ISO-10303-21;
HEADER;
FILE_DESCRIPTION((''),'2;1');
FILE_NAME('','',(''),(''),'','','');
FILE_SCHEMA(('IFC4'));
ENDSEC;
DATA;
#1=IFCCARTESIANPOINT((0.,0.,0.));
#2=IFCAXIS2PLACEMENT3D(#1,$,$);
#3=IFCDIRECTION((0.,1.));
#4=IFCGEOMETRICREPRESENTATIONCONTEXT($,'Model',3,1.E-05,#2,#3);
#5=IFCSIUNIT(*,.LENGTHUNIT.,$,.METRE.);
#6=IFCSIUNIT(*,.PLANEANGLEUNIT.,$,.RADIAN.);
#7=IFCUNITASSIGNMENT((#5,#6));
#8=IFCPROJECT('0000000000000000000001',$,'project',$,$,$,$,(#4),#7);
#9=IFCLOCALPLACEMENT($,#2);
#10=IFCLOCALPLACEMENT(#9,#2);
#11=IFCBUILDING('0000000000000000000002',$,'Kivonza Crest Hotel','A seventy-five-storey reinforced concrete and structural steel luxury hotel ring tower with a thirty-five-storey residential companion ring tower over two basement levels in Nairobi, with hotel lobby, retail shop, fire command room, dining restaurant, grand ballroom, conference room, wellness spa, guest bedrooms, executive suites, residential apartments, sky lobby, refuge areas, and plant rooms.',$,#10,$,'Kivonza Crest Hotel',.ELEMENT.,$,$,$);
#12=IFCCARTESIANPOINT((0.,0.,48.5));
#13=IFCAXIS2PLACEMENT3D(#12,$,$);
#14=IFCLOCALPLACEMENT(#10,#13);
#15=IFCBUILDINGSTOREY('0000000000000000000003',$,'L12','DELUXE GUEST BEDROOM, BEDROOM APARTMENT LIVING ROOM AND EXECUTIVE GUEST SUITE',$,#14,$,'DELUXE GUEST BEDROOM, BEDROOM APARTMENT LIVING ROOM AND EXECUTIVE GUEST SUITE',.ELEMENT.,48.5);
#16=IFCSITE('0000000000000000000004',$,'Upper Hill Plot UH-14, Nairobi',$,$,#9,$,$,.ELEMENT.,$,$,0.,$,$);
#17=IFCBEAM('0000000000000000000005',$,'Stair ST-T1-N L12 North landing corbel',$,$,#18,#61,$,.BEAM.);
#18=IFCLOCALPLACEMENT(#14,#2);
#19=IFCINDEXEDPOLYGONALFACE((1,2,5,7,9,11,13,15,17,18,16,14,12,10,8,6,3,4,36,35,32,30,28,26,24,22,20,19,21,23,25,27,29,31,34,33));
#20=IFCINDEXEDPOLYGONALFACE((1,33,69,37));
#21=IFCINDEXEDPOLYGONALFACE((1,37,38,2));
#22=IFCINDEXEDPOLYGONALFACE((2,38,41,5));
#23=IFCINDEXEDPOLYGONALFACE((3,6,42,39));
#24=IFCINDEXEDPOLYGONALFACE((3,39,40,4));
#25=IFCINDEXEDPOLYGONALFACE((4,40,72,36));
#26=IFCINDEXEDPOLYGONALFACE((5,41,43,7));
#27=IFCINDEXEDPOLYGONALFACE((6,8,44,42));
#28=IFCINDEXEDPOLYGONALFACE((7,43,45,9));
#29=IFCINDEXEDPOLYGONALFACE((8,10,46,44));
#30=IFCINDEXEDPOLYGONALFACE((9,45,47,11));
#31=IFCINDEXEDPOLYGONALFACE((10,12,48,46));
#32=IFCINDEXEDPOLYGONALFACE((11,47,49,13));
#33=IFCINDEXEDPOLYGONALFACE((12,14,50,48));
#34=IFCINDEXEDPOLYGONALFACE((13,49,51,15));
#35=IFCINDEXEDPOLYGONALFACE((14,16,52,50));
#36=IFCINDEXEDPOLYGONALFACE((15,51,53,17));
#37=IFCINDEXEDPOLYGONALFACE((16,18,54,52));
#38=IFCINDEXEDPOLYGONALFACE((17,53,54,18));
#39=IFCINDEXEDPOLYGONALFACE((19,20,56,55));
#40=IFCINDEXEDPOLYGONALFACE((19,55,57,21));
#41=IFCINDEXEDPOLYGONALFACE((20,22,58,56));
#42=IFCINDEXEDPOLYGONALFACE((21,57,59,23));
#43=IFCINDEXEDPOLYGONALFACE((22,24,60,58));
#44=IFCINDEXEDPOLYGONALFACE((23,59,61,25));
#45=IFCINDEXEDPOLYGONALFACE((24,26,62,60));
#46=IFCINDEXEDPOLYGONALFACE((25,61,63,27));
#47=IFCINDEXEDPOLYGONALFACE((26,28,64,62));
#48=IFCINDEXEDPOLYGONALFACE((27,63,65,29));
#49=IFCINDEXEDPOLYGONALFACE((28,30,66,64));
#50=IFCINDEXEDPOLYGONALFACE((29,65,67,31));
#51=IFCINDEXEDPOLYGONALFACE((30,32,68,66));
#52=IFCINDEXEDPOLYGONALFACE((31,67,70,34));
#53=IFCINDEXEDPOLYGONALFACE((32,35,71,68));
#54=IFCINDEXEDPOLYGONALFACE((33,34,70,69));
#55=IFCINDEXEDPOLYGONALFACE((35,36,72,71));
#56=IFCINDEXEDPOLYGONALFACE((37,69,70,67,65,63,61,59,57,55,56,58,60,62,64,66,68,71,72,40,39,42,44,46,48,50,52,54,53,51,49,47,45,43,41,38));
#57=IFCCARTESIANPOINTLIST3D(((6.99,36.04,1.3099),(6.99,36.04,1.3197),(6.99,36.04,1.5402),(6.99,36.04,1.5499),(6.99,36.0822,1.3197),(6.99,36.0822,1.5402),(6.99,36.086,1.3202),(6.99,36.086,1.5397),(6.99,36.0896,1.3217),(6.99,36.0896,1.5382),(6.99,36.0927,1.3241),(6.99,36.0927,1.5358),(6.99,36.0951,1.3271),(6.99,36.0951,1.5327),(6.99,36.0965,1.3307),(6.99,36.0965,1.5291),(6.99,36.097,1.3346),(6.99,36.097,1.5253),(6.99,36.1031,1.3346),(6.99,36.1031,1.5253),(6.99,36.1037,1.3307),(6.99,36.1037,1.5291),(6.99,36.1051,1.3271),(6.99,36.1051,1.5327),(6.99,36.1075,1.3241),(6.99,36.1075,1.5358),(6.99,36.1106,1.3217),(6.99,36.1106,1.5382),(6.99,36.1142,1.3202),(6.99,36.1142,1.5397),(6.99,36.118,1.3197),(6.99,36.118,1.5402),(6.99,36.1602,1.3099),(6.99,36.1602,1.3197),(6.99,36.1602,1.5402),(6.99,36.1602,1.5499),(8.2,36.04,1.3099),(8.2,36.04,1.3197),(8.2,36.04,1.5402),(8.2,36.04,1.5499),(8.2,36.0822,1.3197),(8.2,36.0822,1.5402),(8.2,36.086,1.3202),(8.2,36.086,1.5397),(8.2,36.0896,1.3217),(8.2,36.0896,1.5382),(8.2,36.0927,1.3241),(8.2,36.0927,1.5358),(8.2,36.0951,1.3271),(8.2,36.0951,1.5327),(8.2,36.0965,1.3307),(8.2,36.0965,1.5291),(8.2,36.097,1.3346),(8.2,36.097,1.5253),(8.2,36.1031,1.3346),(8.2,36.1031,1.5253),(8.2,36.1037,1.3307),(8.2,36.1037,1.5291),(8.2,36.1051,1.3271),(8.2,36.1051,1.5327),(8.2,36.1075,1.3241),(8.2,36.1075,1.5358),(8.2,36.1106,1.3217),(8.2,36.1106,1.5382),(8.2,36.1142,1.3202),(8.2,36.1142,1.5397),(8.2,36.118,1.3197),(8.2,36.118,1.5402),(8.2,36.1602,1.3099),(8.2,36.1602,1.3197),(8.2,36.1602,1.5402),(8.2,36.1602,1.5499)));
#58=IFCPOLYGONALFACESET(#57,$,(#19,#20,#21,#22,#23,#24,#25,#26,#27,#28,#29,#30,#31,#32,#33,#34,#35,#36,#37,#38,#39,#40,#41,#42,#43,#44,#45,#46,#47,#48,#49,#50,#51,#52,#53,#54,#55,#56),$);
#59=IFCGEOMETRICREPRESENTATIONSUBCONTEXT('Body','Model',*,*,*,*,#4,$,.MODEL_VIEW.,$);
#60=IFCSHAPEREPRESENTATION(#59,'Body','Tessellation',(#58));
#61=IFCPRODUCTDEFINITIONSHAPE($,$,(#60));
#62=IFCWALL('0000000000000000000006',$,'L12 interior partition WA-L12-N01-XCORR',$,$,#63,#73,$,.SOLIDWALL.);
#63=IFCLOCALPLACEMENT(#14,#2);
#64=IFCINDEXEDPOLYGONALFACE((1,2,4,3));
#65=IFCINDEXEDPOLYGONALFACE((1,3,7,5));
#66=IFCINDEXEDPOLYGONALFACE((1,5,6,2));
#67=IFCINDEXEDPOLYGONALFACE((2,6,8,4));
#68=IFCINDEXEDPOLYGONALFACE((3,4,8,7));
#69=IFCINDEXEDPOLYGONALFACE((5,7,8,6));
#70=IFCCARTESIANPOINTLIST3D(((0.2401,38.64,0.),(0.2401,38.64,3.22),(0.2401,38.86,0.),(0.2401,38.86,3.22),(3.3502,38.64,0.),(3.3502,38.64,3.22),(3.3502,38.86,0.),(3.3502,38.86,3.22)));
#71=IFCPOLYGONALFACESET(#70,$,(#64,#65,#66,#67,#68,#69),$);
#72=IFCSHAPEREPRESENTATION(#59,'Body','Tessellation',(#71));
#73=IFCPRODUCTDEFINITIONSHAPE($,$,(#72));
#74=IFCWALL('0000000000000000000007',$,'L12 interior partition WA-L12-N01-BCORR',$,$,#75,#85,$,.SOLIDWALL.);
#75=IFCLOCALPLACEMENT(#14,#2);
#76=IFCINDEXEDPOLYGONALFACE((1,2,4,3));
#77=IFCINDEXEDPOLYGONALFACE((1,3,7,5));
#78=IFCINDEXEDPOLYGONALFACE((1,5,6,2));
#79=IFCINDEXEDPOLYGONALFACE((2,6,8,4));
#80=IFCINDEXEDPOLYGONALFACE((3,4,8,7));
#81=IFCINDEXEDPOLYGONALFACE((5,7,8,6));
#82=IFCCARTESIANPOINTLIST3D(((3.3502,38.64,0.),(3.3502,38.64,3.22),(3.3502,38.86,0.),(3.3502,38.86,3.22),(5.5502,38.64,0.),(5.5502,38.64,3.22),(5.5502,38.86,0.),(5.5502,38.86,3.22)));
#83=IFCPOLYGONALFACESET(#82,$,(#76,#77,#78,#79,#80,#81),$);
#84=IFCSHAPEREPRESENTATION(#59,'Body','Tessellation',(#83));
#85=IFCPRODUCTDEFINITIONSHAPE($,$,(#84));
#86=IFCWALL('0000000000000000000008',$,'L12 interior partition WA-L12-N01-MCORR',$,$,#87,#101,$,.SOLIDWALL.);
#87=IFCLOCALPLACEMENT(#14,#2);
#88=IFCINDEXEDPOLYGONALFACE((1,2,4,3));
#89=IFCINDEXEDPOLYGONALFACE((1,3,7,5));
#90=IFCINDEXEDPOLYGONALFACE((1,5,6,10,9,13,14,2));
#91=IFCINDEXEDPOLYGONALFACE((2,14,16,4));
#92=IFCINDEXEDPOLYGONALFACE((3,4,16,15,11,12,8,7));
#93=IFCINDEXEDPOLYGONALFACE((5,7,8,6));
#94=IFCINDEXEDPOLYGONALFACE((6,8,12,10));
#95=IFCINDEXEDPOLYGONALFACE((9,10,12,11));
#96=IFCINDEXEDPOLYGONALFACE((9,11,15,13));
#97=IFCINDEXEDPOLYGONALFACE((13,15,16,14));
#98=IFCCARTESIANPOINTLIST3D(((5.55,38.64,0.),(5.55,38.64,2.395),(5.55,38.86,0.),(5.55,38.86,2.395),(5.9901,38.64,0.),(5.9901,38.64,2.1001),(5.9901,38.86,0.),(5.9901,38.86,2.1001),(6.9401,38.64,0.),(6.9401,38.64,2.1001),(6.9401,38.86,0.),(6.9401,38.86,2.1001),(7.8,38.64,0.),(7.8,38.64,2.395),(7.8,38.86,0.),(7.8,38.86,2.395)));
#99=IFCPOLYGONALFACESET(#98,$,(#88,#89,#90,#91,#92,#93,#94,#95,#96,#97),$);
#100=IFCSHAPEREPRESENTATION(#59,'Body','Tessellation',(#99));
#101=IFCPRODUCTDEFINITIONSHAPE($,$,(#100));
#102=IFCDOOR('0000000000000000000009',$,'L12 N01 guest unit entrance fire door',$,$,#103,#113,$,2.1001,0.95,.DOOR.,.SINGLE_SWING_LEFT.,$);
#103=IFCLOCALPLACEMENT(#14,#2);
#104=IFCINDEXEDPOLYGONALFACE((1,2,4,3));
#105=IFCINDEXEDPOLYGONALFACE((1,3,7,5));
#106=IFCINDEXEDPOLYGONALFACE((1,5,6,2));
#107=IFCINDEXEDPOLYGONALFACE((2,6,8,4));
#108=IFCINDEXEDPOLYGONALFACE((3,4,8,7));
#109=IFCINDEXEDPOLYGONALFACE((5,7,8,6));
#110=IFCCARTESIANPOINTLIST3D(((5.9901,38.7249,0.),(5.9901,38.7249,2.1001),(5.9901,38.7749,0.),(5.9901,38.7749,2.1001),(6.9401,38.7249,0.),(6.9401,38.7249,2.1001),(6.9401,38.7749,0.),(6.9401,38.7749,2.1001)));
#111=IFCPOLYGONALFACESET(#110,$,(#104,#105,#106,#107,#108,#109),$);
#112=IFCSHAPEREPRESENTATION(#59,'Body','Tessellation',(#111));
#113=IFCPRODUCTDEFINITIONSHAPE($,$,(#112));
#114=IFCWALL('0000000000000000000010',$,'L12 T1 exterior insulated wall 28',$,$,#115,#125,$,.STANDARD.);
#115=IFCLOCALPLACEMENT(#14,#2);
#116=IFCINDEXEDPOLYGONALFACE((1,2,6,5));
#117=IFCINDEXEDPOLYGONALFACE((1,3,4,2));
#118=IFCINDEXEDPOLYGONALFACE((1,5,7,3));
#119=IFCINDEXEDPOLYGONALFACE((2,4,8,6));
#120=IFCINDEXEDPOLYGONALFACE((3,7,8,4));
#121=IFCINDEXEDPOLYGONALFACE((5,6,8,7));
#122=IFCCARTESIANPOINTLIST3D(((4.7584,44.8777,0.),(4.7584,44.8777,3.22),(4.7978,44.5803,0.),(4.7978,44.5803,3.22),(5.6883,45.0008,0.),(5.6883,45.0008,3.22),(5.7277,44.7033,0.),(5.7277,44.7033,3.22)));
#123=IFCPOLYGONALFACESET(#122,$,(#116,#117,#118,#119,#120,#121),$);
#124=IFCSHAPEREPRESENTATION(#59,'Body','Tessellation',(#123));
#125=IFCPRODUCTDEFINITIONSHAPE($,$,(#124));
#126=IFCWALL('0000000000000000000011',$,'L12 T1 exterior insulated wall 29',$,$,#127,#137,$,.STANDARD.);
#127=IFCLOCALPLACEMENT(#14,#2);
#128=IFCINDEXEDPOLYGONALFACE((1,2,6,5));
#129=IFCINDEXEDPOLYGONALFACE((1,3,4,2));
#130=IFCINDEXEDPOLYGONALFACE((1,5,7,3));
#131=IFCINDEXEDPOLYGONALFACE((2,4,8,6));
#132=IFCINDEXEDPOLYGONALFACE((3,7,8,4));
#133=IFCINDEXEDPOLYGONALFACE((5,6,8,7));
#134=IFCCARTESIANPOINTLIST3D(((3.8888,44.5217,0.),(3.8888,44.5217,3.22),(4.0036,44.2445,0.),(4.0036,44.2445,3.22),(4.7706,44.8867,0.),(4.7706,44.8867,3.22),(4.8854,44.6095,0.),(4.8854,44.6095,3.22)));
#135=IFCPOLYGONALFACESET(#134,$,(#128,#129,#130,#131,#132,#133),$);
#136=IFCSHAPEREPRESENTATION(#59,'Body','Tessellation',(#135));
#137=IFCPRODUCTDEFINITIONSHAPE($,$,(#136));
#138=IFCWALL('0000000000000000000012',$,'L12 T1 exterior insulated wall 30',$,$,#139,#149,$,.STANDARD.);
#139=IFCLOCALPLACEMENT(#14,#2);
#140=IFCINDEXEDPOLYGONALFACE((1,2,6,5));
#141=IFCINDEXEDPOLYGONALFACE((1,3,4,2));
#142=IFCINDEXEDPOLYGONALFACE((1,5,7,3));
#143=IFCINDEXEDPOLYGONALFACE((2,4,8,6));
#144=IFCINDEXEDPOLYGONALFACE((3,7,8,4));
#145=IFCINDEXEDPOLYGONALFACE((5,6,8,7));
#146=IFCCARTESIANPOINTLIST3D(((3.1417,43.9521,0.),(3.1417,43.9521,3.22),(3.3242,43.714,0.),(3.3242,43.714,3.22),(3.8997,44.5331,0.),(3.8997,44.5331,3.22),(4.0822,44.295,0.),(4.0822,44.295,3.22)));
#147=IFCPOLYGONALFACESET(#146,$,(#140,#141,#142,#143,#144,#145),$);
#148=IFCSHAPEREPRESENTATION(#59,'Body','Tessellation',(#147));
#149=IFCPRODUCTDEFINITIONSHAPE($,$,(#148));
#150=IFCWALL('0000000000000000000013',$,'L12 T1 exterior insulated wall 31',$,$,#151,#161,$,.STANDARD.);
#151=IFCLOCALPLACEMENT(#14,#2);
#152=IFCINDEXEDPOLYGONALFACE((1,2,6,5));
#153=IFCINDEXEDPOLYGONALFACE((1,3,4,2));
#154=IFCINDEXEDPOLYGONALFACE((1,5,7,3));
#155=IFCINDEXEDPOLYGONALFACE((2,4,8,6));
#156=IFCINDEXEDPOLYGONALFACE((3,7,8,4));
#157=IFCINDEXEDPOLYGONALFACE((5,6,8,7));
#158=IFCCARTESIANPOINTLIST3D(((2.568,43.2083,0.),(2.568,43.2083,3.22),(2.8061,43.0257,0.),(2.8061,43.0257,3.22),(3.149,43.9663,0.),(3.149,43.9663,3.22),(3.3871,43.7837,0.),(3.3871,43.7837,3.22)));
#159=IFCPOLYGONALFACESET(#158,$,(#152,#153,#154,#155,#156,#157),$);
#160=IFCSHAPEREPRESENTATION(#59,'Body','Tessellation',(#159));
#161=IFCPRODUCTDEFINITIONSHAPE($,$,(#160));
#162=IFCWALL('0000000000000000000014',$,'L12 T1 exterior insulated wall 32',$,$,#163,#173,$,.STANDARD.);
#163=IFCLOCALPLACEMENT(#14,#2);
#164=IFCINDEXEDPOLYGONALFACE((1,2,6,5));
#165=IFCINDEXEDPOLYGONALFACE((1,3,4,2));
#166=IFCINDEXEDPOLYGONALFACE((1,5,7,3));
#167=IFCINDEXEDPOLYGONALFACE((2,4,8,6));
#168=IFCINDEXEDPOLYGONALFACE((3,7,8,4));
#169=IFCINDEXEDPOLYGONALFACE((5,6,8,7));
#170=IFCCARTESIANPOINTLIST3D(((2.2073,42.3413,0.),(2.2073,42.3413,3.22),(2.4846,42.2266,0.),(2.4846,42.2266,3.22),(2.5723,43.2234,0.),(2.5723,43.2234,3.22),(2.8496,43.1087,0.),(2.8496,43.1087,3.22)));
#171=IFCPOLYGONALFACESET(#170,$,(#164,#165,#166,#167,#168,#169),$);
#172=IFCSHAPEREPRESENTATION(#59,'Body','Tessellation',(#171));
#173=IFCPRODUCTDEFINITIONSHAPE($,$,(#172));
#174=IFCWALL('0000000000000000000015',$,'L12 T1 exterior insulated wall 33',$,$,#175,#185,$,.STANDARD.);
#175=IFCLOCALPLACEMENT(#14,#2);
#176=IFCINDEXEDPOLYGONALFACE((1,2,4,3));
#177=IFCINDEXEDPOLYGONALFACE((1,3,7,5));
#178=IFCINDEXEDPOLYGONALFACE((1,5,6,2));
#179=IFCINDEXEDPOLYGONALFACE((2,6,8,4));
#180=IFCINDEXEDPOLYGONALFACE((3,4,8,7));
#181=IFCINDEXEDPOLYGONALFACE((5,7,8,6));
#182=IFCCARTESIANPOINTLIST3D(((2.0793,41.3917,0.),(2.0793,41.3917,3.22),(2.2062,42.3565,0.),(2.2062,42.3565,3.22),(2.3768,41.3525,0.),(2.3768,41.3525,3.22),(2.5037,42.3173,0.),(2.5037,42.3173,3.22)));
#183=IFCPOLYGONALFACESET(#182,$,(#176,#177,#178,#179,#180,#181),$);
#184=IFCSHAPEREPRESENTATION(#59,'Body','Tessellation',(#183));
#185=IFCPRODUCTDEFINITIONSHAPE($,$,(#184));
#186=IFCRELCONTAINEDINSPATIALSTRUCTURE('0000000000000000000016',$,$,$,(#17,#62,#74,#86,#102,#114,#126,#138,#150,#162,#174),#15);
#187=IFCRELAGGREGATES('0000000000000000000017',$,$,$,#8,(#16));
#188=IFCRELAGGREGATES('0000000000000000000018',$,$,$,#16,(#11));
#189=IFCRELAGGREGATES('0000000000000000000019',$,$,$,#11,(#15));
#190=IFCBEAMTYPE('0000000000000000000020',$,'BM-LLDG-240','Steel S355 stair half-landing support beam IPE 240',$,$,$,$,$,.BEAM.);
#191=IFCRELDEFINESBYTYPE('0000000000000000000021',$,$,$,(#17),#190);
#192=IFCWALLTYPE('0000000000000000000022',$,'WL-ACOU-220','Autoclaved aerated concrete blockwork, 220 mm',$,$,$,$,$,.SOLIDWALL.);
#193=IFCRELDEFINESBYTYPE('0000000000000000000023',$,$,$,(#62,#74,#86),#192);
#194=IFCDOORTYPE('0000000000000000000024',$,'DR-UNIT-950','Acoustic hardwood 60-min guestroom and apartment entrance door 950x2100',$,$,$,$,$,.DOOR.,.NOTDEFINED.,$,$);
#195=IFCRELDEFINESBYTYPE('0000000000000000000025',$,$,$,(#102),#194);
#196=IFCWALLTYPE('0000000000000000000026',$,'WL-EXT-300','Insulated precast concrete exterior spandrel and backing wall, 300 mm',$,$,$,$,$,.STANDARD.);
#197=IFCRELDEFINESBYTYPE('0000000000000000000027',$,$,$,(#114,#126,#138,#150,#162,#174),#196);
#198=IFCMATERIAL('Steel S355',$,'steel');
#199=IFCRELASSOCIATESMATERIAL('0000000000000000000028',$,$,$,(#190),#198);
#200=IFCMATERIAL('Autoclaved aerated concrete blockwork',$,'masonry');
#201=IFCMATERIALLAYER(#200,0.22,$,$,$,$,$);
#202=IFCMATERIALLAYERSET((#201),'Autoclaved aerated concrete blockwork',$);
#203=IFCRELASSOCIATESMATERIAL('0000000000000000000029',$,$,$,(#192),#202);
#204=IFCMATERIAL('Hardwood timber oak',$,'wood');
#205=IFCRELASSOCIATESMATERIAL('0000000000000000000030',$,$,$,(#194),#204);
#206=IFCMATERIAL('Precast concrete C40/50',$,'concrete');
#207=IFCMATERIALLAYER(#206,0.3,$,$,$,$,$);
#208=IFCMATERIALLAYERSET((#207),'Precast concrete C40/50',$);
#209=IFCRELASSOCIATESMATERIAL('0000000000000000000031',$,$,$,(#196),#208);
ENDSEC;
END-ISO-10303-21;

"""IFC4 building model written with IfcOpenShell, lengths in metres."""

from ifc_helpers import new_model, si_unit, direction, frame, frame_2d, origin, origin_2d, place, context, subcontext, project, spatial, rectangle, i_section, extrude, material, layer, layer_set, material_profile, profile_set, type_object, element, fill, save


model = new_model("IFC4")

# Units and contexts
model_context = context("Model", 3, precision=1e-05, world=origin(), true_north=direction((0.0, 1.0)))
body_context = subcontext(model_context, "Body", "Model", "MODEL_VIEW")
ifc_project = project(units=[si_unit("LENGTHUNIT", "METRE"), si_unit("PLANEANGLEUNIT", "RADIAN")], contexts=[model_context])

# Site, building, storey
site_placement = place(None, origin())
site = spatial("IfcSite", under=ifc_project, at=site_placement, Name="Upper Hill Plot UH-14, Nairobi", CompositionType="ELEMENT", RefElevation=0.0)
building_placement = place(site_placement, origin())
building = spatial("IfcBuilding", under=site, at=building_placement, Name="Kivonza Crest Hotel", Description="A seventy-five-storey reinforced concrete and structural steel luxury hotel ring tower with a thirty-five-storey residential companion ring tower over two basement levels in Nairobi, with hotel lobby, retail shop, fire command room, dining restaurant, grand ballroom, conference room, wellness spa, guest bedrooms, executive suites, residential apartments, sky lobby, refuge areas, and plant rooms.", LongName="Kivonza Crest Hotel", CompositionType="ELEMENT")
storey_placement = place(building_placement, frame((0.0, 0.0, 48.5)))
storey = spatial("IfcBuildingStorey", under=building, at=storey_placement, Name="L12", Description="DELUXE GUEST BEDROOM, BEDROOM APARTMENT LIVING ROOM AND EXECUTIVE GUEST SUITE", LongName="DELUXE GUEST BEDROOM, BEDROOM APARTMENT LIVING ROOM AND EXECUTIVE GUEST SUITE", CompositionType="ELEMENT", Elevation=48.5)

# Beam
ifc_material_1 = material(Name="Steel S355", Category="steel")
ifc_material_profile = material_profile(ifc_material_1, i_section(OverallWidth=0.1201, OverallDepth=0.24, WebThickness=0.0061, FlangeThickness=0.0098, FilletRadius=0.0149, at=origin_2d()), Name="IPE 240")
ifc_profile_set = profile_set([ifc_material_profile], Name="Steel S355")
beam_type = type_object("IfcBeamType", Name="BM-LLDG-240", Description="Steel S355 stair half-landing support beam IPE 240", PredefinedType="BEAM", material=ifc_profile_set)
beam_placement = place(storey_placement, frame((6.99, 36.1001, 1.4299), z_axis=(1.0, 0.0, 0.0), x_axis=(0.0, 1.0, 0.0)))
element("IfcBeam", 1, at=beam_placement, inside=storey, type_object=beam_type, Name="Stair ST-T1-N L12 North landing corbel", PredefinedType="BEAM", context=body_context, shape_type="SweptSolid", body=[
    extrude(i_section(OverallWidth=0.1201, OverallDepth=0.24, WebThickness=0.0061, FlangeThickness=0.0098, FilletRadius=0.0149, at=origin_2d()), origin(), (0.0, 0.0, 1.0), 1.21),
])

# Walls
ifc_material_2 = material(Name="Autoclaved aerated concrete blockwork", Category="masonry")
ifc_layer_1 = layer(ifc_material_2, 0.22)
ifc_layer_set_1 = layer_set([ifc_layer_1], Name="Autoclaved aerated concrete blockwork")
wall_type_1 = type_object("IfcWallType", Name="WL-ACOU-220", Description="Autoclaved aerated concrete blockwork, 220 mm", PredefinedType="SOLIDWALL", material=ifc_layer_set_1)
wall_1_placement = place(storey_placement, frame((0.24, 38.75, 0.0), z_axis=(0.0, 0.0, 1.0), x_axis=(1.0, 0.0, 0.0)))
element("IfcWall", 2, at=wall_1_placement, inside=storey, type_object=wall_type_1, Name="L12 interior partition WA-L12-N01-XCORR", PredefinedType="SOLIDWALL", context=body_context, shape_type="SweptSolid", body=[
    extrude(rectangle(XDim=3.1101, YDim=0.22, at=frame_2d((1.5552, 0.0))), origin(), (0.0, 0.0, 1.0), 3.22),
])
wall_2_placement = place(storey_placement, frame((3.3501, 38.75, 0.0), z_axis=(0.0, 0.0, 1.0), x_axis=(1.0, 0.0, 0.0)))
element("IfcWall", 3, at=wall_2_placement, inside=storey, type_object=wall_type_1, Name="L12 interior partition WA-L12-N01-BCORR", PredefinedType="SOLIDWALL", context=body_context, shape_type="SweptSolid", body=[
    extrude(rectangle(XDim=2.2, YDim=0.22, at=frame_2d((1.1001, 0.0))), origin(), (0.0, 0.0, 1.0), 3.22),
])

# Wall, opening, door
wall_3_placement = place(storey_placement, frame((5.55, 38.75, 0.0), z_axis=(0.0, 0.0, 1.0), x_axis=(1.0, 0.0, 0.0)))
wall_3 = element("IfcWall", 4, at=wall_3_placement, inside=storey, type_object=wall_type_1, Name="L12 interior partition WA-L12-N01-MCORR", PredefinedType="SOLIDWALL", context=body_context, shape_type="SweptSolid", body=[
    extrude(rectangle(XDim=2.25, YDim=0.22, at=frame_2d((1.125, 0.0))), origin(), (0.0, 0.0, 1.0), 2.395),
])
opening_1_placement = place(wall_3_placement, frame((0.4399, 0.0, 0.0)))
opening_1 = element("IfcOpeningElement", 5, at=opening_1_placement, cuts=wall_3, PredefinedType="OPENING", context=body_context, shape_type="SweptSolid", body=[
    extrude(rectangle(XDim=0.95, YDim=2.1001, at=frame_2d((0.4751, 1.05))), frame((0.0, 0.1201, 0.0), z_axis=(0.0, -1.0, 0.0), x_axis=(1.0, 0.0, 0.0)), (0.0, 0.0, 1.0), 0.24),
])
ifc_material_3 = material(Name="Hardwood timber oak", Category="wood")
door_type_1 = type_object("IfcDoorType", Name="DR-UNIT-950", Description="Acoustic hardwood 60-min guestroom and apartment entrance door 950x2100", OperationType="NOTDEFINED", PredefinedType="DOOR", material=ifc_material_3)
door_1_placement = place(opening_1_placement, origin())
door_1 = element("IfcDoor", 6, at=door_1_placement, inside=storey, type_object=door_type_1, Name="L12 N01 guest unit entrance fire door", OperationType="SINGLE_SWING_LEFT", OverallHeight=2.1001, OverallWidth=0.95, PredefinedType="DOOR", context=body_context, shape_type="SweptSolid", body=[
    extrude(rectangle(XDim=0.95, YDim=2.1001, at=frame_2d((0.4751, 1.05))), frame((0.0, 0.0249, 0.0), z_axis=(0.0, -1.0, 0.0), x_axis=(1.0, 0.0, 0.0)), (0.0, 0.0, 1.0), 0.05),
])
fill(opening_1, door_1)

# Walls
ifc_material_4 = material(Name="Precast concrete C40/50", Category="concrete")
ifc_layer_2 = layer(ifc_material_4, 0.3)
ifc_layer_set_2 = layer_set([ifc_layer_2], Name="Precast concrete C40/50")
wall_type_2 = type_object("IfcWallType", Name="WL-EXT-300", Description="Insulated precast concrete exterior spandrel and backing wall, 300 mm", PredefinedType="STANDARD", material=ifc_layer_set_2)
wall_4_placement = place(storey_placement, frame((5.708, 44.8521, 0.0), z_axis=(0.0, 0.0, 1.0), x_axis=(-0.991359, -0.131175, 0.0)))
element("IfcWall", 7, at=wall_4_placement, inside=storey, type_object=wall_type_2, Name="L12 T1 exterior insulated wall 28", PredefinedType="STANDARD", context=body_context, shape_type="SweptSolid", body=[
    extrude(rectangle(XDim=0.938, YDim=0.3, at=frame_2d((0.469, 0.0))), origin(), (0.0, 0.0, 1.0), 3.22),
])
wall_5_placement = place(storey_placement, frame((4.8279, 44.748, 0.0), z_axis=(0.0, 0.0, 1.0), x_axis=(-0.923983, -0.382435, 0.0)))
element("IfcWall", 8, at=wall_5_placement, inside=storey, type_object=wall_type_2, Name="L12 T1 exterior insulated wall 29", PredefinedType="STANDARD", context=body_context, shape_type="SweptSolid", body=[
    extrude(rectangle(XDim=0.9543, YDim=0.3, at=frame_2d((0.4771, 0.0))), origin(), (0.0, 0.0, 1.0), 3.22),
])
for number, where, z_axis, x_axis, name in (
    (9, (3.991, 44.4141, 0.0), (0.0, 0.0, 1.0), (-0.793668, -0.608351, 0.0), "L12 T1 exterior insulated wall 30"),
    (10, (3.2681, 43.875, 0.0), (0.0, 0.0, 1.0), (-0.608351, -0.793668, 0.0), "L12 T1 exterior insulated wall 31"),
):
    element("IfcWall", number, at=place(storey_placement, frame(where, z_axis=z_axis, x_axis=x_axis)), inside=storey, type_object=wall_type_2, Name=name, PredefinedType="STANDARD", context=body_context, shape_type="SweptSolid", body=[
        extrude(rectangle(XDim=0.9551, YDim=0.3, at=frame_2d((0.4775, 0.0))), origin(), (0.0, 0.0, 1.0), 3.22),
    ])
wall_6_placement = place(storey_placement, frame((2.7109, 43.166, 0.0), z_axis=(0.0, 0.0, 1.0), x_axis=(-0.382344, -0.92402, 0.0)))
element("IfcWall", 11, at=wall_6_placement, inside=storey, type_object=wall_type_2, Name="L12 T1 exterior insulated wall 32", PredefinedType="STANDARD", context=body_context, shape_type="SweptSolid", body=[
    extrude(rectangle(XDim=0.9546, YDim=0.3, at=frame_2d((0.4773, 0.0))), origin(), (0.0, 0.0, 1.0), 3.22),
])
wall_7_placement = place(storey_placement, frame((2.355, 42.3369, 0.0), z_axis=(0.0, 0.0, 1.0), x_axis=(-0.130455, -0.991454, 0.0)))
element("IfcWall", 12, at=wall_7_placement, inside=storey, type_object=wall_type_2, Name="L12 T1 exterior insulated wall 33", PredefinedType="STANDARD", context=body_context, shape_type="SweptSolid", body=[
    extrude(rectangle(XDim=0.9731, YDim=0.3, at=frame_2d((0.4866, 0.0))), origin(), (0.0, 0.0, 1.0), 3.22),
])

save(model, "model.ifc")
